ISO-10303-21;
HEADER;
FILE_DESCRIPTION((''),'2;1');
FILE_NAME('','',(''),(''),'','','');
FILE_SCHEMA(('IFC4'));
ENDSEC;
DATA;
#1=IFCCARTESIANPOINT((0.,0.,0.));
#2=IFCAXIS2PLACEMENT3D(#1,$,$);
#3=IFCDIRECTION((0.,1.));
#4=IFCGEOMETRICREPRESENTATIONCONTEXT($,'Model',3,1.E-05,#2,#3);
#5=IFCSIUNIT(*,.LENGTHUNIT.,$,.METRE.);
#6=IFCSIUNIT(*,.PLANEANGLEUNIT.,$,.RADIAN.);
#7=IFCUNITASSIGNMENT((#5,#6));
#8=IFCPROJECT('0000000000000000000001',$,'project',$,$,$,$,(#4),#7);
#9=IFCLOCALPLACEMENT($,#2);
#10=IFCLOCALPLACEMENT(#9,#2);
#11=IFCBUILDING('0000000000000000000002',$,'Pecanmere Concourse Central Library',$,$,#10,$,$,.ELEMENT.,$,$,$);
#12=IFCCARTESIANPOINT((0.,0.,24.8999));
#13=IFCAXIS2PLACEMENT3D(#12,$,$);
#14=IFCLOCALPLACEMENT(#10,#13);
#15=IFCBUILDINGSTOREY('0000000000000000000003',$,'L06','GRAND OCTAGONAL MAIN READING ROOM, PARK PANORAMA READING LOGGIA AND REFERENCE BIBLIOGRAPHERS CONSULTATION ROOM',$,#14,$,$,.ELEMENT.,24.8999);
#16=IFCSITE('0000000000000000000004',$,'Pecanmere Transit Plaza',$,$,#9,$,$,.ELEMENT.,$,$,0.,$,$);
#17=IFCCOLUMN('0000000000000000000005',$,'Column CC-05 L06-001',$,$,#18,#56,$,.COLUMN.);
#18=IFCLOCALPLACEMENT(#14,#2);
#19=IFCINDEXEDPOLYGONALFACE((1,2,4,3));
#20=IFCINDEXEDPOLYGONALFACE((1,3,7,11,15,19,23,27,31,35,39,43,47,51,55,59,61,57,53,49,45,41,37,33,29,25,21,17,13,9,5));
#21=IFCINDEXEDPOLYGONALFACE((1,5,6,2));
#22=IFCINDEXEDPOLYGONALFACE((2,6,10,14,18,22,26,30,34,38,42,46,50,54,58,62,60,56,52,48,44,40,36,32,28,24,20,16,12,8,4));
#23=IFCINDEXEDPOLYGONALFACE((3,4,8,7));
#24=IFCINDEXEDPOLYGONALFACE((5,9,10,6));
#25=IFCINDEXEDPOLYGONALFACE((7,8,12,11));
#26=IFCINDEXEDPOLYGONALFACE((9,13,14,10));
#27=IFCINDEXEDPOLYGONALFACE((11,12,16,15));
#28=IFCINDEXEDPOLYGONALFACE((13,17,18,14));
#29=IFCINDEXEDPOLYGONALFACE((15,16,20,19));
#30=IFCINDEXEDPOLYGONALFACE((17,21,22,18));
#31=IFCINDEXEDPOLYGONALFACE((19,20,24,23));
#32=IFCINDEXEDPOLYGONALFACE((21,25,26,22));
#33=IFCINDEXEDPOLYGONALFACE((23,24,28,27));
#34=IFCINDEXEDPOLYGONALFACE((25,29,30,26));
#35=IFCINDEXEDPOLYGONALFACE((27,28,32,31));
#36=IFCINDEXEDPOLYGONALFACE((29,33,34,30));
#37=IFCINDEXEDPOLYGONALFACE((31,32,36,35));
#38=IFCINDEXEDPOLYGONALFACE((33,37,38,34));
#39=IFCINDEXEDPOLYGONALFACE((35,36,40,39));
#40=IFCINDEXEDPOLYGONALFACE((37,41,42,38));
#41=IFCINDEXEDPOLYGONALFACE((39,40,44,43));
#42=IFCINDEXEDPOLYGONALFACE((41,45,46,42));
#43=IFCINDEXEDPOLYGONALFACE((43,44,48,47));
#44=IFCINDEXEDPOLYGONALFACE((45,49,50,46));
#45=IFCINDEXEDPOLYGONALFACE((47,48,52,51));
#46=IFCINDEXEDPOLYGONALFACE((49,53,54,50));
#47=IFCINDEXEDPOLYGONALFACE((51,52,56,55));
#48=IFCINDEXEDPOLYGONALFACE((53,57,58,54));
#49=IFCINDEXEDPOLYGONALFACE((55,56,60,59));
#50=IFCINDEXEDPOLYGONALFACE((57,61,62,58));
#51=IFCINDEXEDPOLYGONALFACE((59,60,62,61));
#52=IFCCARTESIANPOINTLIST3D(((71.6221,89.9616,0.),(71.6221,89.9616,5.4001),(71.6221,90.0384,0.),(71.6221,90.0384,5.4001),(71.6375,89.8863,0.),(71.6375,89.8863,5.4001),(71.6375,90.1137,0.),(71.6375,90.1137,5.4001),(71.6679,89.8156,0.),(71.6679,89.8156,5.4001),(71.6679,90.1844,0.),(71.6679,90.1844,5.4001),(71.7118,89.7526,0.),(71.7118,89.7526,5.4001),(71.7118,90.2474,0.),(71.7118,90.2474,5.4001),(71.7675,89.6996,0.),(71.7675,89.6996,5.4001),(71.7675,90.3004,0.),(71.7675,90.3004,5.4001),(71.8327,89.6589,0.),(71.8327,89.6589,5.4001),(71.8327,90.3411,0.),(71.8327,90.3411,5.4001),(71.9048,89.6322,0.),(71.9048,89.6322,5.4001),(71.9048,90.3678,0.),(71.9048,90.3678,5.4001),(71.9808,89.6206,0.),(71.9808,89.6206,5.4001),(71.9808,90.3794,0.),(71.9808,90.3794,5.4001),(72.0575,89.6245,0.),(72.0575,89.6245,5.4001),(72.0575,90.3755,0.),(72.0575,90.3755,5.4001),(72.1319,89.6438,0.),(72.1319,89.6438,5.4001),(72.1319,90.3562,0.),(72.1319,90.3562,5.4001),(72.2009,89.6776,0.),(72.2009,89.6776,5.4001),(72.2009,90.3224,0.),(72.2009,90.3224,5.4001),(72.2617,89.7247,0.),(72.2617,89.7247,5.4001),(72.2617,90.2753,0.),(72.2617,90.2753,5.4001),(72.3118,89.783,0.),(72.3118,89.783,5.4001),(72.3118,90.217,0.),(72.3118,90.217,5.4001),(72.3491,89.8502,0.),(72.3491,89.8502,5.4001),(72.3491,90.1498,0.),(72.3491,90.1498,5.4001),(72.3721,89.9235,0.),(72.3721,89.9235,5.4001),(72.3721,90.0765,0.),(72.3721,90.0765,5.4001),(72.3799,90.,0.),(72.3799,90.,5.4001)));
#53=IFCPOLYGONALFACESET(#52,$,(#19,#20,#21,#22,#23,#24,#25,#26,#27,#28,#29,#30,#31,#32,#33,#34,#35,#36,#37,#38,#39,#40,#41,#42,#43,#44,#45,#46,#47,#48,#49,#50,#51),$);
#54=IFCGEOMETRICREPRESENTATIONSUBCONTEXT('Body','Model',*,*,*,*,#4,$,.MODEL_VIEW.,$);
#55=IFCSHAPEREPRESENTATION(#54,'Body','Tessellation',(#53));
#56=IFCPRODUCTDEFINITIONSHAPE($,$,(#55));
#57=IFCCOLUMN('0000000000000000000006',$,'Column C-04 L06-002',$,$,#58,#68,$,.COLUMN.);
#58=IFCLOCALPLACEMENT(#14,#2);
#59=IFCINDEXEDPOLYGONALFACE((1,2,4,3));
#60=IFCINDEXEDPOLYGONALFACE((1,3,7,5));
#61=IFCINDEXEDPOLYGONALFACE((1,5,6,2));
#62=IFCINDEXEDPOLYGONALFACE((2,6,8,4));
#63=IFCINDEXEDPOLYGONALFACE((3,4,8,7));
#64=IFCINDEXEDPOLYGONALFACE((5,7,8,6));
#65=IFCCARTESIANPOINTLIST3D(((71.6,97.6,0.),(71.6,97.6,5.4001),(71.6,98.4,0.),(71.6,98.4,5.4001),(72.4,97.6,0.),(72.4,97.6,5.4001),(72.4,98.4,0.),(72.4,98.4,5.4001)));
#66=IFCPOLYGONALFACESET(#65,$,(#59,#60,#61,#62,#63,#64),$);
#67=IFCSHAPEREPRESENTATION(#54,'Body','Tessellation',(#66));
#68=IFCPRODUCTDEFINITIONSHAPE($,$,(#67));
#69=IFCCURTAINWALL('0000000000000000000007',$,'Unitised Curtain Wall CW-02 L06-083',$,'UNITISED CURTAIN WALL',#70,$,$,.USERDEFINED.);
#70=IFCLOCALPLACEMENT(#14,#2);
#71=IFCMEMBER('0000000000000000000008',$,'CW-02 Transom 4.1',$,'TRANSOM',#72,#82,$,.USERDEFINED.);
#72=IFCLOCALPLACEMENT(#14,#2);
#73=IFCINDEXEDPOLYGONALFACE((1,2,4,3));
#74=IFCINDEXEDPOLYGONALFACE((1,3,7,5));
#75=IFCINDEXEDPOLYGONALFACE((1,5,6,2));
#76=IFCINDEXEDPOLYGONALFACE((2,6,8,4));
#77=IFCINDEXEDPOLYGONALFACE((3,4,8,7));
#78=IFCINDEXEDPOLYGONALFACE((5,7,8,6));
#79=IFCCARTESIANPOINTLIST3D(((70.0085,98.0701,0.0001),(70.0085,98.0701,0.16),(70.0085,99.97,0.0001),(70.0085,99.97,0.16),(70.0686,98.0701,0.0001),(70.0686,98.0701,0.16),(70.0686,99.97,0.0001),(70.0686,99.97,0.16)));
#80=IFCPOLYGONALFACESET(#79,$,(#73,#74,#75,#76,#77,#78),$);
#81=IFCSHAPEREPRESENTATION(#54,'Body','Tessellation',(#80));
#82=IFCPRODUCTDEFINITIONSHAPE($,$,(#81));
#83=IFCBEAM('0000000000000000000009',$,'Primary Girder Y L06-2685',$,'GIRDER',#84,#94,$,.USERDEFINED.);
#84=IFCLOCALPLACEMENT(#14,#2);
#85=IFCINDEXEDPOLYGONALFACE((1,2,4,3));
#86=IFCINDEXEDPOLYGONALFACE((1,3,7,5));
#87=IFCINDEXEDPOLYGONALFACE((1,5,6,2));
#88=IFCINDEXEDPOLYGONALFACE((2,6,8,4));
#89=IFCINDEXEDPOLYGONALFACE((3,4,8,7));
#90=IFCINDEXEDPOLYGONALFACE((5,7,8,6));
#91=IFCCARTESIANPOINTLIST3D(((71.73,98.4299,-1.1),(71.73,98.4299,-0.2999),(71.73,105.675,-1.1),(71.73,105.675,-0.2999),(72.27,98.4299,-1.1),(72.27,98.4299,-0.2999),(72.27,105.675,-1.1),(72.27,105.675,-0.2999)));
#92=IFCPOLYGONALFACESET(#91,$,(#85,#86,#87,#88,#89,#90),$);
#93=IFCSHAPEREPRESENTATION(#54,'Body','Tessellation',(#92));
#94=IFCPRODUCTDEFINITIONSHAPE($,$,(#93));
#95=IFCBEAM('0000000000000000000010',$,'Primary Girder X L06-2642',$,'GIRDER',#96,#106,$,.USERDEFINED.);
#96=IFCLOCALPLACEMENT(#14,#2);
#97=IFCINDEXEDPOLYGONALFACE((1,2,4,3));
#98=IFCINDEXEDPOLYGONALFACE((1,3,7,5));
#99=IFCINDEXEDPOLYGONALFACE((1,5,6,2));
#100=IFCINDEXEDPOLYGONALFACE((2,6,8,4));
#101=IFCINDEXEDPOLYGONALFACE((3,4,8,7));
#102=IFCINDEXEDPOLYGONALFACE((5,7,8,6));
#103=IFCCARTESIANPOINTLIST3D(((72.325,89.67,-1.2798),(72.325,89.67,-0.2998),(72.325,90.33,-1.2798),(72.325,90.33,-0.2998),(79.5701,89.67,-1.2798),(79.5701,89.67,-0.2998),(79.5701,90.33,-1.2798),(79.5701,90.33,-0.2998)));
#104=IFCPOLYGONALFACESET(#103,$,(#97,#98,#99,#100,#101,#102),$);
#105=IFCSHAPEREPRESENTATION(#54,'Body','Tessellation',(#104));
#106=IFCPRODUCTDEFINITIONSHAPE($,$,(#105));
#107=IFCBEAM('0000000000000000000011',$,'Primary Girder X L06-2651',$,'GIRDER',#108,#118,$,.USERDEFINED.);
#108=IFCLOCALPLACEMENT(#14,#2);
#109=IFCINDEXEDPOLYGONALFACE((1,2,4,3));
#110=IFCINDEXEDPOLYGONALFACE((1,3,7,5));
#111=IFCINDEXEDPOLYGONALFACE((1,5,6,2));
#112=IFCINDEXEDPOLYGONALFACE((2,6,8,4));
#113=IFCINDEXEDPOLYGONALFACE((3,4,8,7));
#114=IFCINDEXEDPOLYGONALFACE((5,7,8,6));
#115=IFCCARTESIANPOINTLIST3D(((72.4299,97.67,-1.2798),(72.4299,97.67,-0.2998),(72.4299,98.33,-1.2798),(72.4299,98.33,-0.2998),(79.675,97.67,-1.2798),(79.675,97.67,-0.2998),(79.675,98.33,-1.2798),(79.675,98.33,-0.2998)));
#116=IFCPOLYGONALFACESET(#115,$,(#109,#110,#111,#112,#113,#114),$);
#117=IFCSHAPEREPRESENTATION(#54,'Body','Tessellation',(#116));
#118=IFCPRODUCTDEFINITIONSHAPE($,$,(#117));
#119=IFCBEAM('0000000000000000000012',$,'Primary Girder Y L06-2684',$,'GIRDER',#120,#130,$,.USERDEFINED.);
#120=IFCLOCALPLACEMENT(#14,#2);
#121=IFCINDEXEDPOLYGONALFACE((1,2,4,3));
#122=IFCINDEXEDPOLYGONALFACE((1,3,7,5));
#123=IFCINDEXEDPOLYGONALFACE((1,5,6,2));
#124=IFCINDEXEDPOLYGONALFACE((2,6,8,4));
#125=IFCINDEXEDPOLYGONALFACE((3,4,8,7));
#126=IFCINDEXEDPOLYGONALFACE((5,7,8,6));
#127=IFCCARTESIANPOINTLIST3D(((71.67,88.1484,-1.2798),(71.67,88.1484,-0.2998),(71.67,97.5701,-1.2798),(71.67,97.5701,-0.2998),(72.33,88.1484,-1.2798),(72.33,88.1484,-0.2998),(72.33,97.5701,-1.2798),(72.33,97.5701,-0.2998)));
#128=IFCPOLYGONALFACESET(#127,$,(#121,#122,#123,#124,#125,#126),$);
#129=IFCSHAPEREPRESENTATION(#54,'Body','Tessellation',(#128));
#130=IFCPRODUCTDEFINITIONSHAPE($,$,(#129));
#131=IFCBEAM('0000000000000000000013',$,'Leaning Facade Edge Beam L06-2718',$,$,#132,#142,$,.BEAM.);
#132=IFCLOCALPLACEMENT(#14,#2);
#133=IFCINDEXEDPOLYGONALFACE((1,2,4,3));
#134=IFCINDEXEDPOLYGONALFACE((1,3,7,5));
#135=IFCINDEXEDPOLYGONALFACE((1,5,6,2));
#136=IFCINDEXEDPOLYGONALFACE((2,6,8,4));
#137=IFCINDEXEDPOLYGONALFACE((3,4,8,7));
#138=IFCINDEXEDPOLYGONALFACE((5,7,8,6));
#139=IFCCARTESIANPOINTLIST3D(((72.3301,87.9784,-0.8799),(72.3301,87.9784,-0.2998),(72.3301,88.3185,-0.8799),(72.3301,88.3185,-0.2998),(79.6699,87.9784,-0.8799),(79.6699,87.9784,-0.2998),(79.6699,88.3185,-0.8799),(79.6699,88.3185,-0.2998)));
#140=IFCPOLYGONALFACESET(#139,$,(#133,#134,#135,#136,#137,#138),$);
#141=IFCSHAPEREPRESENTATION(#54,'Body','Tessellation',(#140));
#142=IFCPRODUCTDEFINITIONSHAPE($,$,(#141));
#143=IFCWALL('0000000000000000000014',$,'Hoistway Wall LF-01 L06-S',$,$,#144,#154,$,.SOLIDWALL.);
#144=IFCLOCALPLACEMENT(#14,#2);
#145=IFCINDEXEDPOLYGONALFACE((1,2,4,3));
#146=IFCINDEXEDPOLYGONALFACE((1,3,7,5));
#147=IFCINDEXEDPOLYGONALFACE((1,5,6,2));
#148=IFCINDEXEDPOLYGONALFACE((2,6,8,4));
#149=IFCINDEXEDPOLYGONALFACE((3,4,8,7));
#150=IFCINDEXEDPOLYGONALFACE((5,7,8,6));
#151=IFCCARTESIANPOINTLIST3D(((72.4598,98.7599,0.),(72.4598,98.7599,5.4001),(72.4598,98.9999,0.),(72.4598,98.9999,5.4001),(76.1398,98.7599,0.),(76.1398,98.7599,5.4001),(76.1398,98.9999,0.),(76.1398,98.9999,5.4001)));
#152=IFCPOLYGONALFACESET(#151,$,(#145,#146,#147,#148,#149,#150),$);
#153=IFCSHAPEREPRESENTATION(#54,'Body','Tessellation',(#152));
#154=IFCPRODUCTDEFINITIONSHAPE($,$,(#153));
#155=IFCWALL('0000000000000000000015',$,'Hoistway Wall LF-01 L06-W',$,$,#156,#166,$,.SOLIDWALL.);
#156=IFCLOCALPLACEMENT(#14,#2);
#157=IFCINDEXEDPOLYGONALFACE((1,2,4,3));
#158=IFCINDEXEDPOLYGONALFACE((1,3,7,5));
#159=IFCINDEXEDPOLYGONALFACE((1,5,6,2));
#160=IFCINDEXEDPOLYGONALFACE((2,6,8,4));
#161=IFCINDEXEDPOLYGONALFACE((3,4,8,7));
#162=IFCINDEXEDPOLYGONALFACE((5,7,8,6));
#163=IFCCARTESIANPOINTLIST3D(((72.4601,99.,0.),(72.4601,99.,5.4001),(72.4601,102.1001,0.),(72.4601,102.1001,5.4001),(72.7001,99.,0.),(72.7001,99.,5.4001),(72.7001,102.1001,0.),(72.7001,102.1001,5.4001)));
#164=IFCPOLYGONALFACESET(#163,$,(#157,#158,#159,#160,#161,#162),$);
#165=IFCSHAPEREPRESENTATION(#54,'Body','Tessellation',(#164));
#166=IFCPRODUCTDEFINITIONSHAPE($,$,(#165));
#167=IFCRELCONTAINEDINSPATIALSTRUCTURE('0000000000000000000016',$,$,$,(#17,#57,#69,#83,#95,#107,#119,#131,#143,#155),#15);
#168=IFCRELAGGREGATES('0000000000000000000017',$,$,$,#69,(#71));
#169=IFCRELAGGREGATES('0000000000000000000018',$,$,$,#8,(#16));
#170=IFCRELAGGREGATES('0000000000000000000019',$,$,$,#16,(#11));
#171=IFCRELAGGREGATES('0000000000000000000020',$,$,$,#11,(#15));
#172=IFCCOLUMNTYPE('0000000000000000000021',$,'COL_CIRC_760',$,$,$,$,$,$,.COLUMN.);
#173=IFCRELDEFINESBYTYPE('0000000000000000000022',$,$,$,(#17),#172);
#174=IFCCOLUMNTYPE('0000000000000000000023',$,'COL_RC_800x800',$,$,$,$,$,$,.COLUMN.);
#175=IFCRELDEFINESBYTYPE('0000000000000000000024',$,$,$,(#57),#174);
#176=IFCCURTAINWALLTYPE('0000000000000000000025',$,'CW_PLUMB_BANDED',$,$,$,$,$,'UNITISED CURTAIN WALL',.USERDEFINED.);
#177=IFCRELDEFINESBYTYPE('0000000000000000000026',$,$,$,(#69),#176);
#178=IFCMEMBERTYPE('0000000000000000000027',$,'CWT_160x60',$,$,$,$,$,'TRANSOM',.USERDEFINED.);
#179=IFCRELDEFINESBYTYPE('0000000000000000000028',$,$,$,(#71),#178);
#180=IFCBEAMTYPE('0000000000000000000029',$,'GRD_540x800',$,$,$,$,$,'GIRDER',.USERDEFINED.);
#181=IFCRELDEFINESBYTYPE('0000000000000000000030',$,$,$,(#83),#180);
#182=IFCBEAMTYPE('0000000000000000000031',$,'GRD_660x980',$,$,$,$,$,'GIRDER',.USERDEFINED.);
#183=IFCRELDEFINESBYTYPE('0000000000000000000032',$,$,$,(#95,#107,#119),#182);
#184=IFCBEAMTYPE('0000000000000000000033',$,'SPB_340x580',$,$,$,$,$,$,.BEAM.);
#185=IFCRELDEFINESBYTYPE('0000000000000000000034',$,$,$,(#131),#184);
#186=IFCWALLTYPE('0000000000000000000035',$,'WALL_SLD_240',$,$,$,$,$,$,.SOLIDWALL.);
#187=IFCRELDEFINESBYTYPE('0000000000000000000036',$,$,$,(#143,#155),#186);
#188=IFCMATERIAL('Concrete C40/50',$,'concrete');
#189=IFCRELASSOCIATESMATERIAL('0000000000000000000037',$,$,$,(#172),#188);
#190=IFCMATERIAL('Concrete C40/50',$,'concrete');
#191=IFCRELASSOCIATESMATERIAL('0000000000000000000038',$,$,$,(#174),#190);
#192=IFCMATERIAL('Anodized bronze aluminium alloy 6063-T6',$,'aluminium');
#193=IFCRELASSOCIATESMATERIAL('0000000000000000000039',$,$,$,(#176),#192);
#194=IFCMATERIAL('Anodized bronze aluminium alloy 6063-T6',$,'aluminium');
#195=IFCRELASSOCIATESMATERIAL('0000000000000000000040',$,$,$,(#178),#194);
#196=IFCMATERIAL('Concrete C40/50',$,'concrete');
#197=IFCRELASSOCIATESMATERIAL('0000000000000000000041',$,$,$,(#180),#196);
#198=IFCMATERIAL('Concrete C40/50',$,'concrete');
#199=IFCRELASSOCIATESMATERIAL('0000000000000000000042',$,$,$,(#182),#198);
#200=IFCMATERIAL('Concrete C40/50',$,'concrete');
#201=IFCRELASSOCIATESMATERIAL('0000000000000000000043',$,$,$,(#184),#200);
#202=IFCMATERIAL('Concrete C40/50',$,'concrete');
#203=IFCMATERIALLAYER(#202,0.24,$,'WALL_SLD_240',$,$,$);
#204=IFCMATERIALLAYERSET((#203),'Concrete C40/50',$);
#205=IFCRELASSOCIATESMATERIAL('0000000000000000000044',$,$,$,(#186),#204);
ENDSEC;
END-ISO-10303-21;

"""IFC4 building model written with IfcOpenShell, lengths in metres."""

from ifc_helpers import new_model, si_unit, direction, frame, frame_2d, origin, origin_2d, place, context, subcontext, project, spatial, rectangle, circle, extrude, material, layer, layer_set, material_profile, profile_set, type_object, element, aggregate, save


model = new_model("IFC4")

# Units and contexts
model_context = context("Model", 3, precision=1e-05, world=origin(), true_north=direction((0.0, 1.0)))
body_context = subcontext(model_context, "Body", "Model", "MODEL_VIEW")
ifc_project = project(units=[si_unit("LENGTHUNIT", "METRE"), si_unit("PLANEANGLEUNIT", "RADIAN")], contexts=[model_context])

# Site, building, storey
site_placement = place(None, origin())
site = spatial("IfcSite", under=ifc_project, at=site_placement, Name="Pecanmere Transit Plaza", CompositionType="ELEMENT", RefElevation=0.0)
building_placement = place(site_placement, origin())
building = spatial("IfcBuilding", under=site, at=building_placement, Name="Pecanmere Concourse Central Library", CompositionType="ELEMENT")
storey_placement = place(building_placement, frame((0.0, 0.0, 24.8999)))
storey = spatial("IfcBuildingStorey", under=building, at=storey_placement, Name="L06", Description="GRAND OCTAGONAL MAIN READING ROOM, PARK PANORAMA READING LOGGIA AND REFERENCE BIBLIOGRAPHERS CONSULTATION ROOM", CompositionType="ELEMENT", Elevation=24.8999)

# Columns
ifc_material_1 = material(Name="Concrete C40/50", Category="concrete")
ifc_material_profile_1 = material_profile(ifc_material_1, circle(Radius=0.3799, at=origin_2d()), Name="RC D760")
ifc_profile_set_1 = profile_set([ifc_material_profile_1], Name="Concrete C40/50")
column_type_1 = type_object("IfcColumnType", Name="COL_CIRC_760", PredefinedType="COLUMN", material=ifc_profile_set_1)
column_1_placement = place(storey_placement, frame((72.0, 90.0, 0.0), z_axis=(0.0, 0.0, 1.0), x_axis=(1.0, 0.0, 0.0)))
element("IfcColumn", 1, at=column_1_placement, inside=storey, type_object=column_type_1, Name="Column CC-05 L06-001", PredefinedType="COLUMN", context=body_context, shape_type="SweptSolid", body=[
    extrude(circle(Radius=0.3799, at=origin_2d()), origin(), (0.0, 0.0, 1.0), 5.4001),
])
ifc_material_2 = material(Name="Concrete C40/50", Category="concrete")
ifc_material_profile_2 = material_profile(ifc_material_2, rectangle(XDim=0.8, YDim=0.8, at=origin_2d()), Name="RC 800x800")
ifc_profile_set_2 = profile_set([ifc_material_profile_2], Name="Concrete C40/50")
column_type_2 = type_object("IfcColumnType", Name="COL_RC_800x800", PredefinedType="COLUMN", material=ifc_profile_set_2)
column_2_placement = place(storey_placement, frame((72.0, 98.0, 0.0), z_axis=(0.0, 0.0, 1.0), x_axis=(1.0, 0.0, 0.0)))
element("IfcColumn", 2, at=column_2_placement, inside=storey, type_object=column_type_2, Name="Column C-04 L06-002", PredefinedType="COLUMN", context=body_context, shape_type="SweptSolid", body=[
    extrude(rectangle(XDim=0.8, YDim=0.8, at=origin_2d()), origin(), (0.0, 0.0, 1.0), 5.4001),
])

# Curtain wall, member
ifc_material_3 = material(Name="Anodized bronze aluminium alloy 6063-T6", Category="aluminium")
curtain_wall_type = type_object("IfcCurtainWallType", Name="CW_PLUMB_BANDED", ElementType="UNITISED CURTAIN WALL", PredefinedType="USERDEFINED", material=ifc_material_3)
curtain_wall_placement = place(storey_placement, origin())
curtain_wall = element("IfcCurtainWall", 3, at=curtain_wall_placement, inside=storey, type_object=curtain_wall_type, Name="Unitised Curtain Wall CW-02 L06-083", ObjectType="UNITISED CURTAIN WALL", PredefinedType="USERDEFINED")
ifc_material_4 = material(Name="Anodized bronze aluminium alloy 6063-T6", Category="aluminium")
ifc_material_profile_3 = material_profile(ifc_material_4, rectangle(XDim=0.0601, YDim=0.1599, at=origin_2d()), Name="AL 60x160")
ifc_profile_set_3 = profile_set([ifc_material_profile_3], Name="Anodized bronze aluminium alloy 6063-T6")
member_type = type_object("IfcMemberType", Name="CWT_160x60", ElementType="TRANSOM", PredefinedType="USERDEFINED", material=ifc_profile_set_3)
member_placement = place(storey_placement, frame((70.0386, 99.97, 0.0801), z_axis=(0.0, -1.0, 0.0), x_axis=(1.0, 0.0, 0.0)))
member = element("IfcMember", 4, at=member_placement, type_object=member_type, Name="CW-02 Transom 4.1", ObjectType="TRANSOM", PredefinedType="USERDEFINED", context=body_context, shape_type="SweptSolid", body=[
    extrude(rectangle(XDim=0.0601, YDim=0.1599, at=origin_2d()), origin(), (0.0, 0.0, 1.0), 1.8999),
])
aggregate(curtain_wall, [member])

# Beams
ifc_material_5 = material(Name="Concrete C40/50", Category="concrete")
ifc_material_profile_4 = material_profile(ifc_material_5, rectangle(XDim=0.54, YDim=0.8, at=origin_2d()), Name="RC 540x800")
ifc_profile_set_4 = profile_set([ifc_material_profile_4], Name="Concrete C40/50")
beam_type_1 = type_object("IfcBeamType", Name="GRD_540x800", ElementType="GIRDER", PredefinedType="USERDEFINED", material=ifc_profile_set_4)
beam_1_placement = place(storey_placement, frame((72.0, 98.4299, -0.7), z_axis=(0.0, 1.0, 0.0), x_axis=(-1.0, 0.0, 0.0)))
element("IfcBeam", 5, at=beam_1_placement, inside=storey, type_object=beam_type_1, Name="Primary Girder Y L06-2685", ObjectType="GIRDER", PredefinedType="USERDEFINED", context=body_context, shape_type="SweptSolid", body=[
    extrude(rectangle(XDim=0.54, YDim=0.8, at=origin_2d()), origin(), (0.0, 0.0, 1.0), 7.2451),
])
ifc_material_6 = material(Name="Concrete C40/50", Category="concrete")
ifc_material_profile_5 = material_profile(ifc_material_6, rectangle(XDim=0.6599, YDim=0.98, at=origin_2d()), Name="RC 660x980")
ifc_profile_set_5 = profile_set([ifc_material_profile_5], Name="Concrete C40/50")
beam_type_2 = type_object("IfcBeamType", Name="GRD_660x980", ElementType="GIRDER", PredefinedType="USERDEFINED", material=ifc_profile_set_5)
for number, where, z_axis, x_axis, name in (
    (6, (72.325, 90.0, -0.7898), (1.0, 0.0, 0.0), (0.0, 1.0, 0.0), "Primary Girder X L06-2642"),
    (7, (72.4299, 98.0, -0.7898), (1.0, 0.0, 0.0), (0.0, 1.0, 0.0), "Primary Girder X L06-2651"),
):
    element("IfcBeam", number, at=place(storey_placement, frame(where, z_axis=z_axis, x_axis=x_axis)), inside=storey, type_object=beam_type_2, Name=name, ObjectType="GIRDER", PredefinedType="USERDEFINED", context=body_context, shape_type="SweptSolid", body=[
        extrude(rectangle(XDim=0.6599, YDim=0.98, at=origin_2d()), origin(), (0.0, 0.0, 1.0), 7.2451),
    ])
beam_2_placement = place(storey_placement, frame((72.0, 88.1484, -0.7898), z_axis=(0.0, 1.0, 0.0), x_axis=(-1.0, 0.0, 0.0)))
element("IfcBeam", 8, at=beam_2_placement, inside=storey, type_object=beam_type_2, Name="Primary Girder Y L06-2684", ObjectType="GIRDER", PredefinedType="USERDEFINED", context=body_context, shape_type="SweptSolid", body=[
    extrude(rectangle(XDim=0.6599, YDim=0.98, at=origin_2d()), origin(), (0.0, 0.0, 1.0), 9.4216),
])
ifc_material_7 = material(Name="Concrete C40/50", Category="concrete")
ifc_material_profile_6 = material_profile(ifc_material_7, rectangle(XDim=0.3401, YDim=0.5801, at=origin_2d()), Name="RC 340x580")
ifc_profile_set_6 = profile_set([ifc_material_profile_6], Name="Concrete C40/50")
beam_type_3 = type_object("IfcBeamType", Name="SPB_340x580", PredefinedType="BEAM", material=ifc_profile_set_6)
beam_3_placement = place(storey_placement, frame((72.3301, 88.1484, -0.5898), z_axis=(1.0, 0.0, 0.0), x_axis=(0.0, 1.0, 0.0)))
element("IfcBeam", 9, at=beam_3_placement, inside=storey, type_object=beam_type_3, Name="Leaning Facade Edge Beam L06-2718", PredefinedType="BEAM", context=body_context, shape_type="SweptSolid", body=[
    extrude(rectangle(XDim=0.3401, YDim=0.5801, at=origin_2d()), origin(), (0.0, 0.0, 1.0), 7.3398),
])

# Walls
ifc_material_8 = material(Name="Concrete C40/50", Category="concrete")
ifc_layer_1 = layer(ifc_material_8, 0.24, Name="WALL_SLD_240")
ifc_layer_set_1 = layer_set([ifc_layer_1], Name="Concrete C40/50")
wall_type_1 = type_object("IfcWallType", Name="WALL_SLD_240", PredefinedType="SOLIDWALL", material=ifc_layer_set_1)
wall_1_placement = place(storey_placement, frame((72.46, 98.8799, 0.0), z_axis=(0.0, 0.0, 1.0), x_axis=(1.0, 0.0, 0.0)))
element("IfcWall", 10, at=wall_1_placement, inside=storey, type_object=wall_type_1, Name="Hoistway Wall LF-01 L06-S", PredefinedType="SOLIDWALL", context=body_context, shape_type="SweptSolid", body=[
    extrude(rectangle(XDim=3.6799, YDim=0.24, at=frame_2d((1.8398, 0.0))), origin(), (0.0, 0.0, 1.0), 5.4001),
])
wall_2_placement = place(storey_placement, frame((72.5801, 99.0, 0.0), z_axis=(0.0, 0.0, 1.0), x_axis=(0.0, 1.0, 0.0)))
element("IfcWall", 11, at=wall_2_placement, inside=storey, type_object=wall_type_1, Name="Hoistway Wall LF-01 L06-W", PredefinedType="SOLIDWALL", context=body_context, shape_type="SweptSolid", body=[
    extrude(rectangle(XDim=3.1001, YDim=0.24, at=frame_2d((1.55, 0.0))), origin(), (0.0, 0.0, 1.0), 5.4001),
])

save(model, "model.ifc")
